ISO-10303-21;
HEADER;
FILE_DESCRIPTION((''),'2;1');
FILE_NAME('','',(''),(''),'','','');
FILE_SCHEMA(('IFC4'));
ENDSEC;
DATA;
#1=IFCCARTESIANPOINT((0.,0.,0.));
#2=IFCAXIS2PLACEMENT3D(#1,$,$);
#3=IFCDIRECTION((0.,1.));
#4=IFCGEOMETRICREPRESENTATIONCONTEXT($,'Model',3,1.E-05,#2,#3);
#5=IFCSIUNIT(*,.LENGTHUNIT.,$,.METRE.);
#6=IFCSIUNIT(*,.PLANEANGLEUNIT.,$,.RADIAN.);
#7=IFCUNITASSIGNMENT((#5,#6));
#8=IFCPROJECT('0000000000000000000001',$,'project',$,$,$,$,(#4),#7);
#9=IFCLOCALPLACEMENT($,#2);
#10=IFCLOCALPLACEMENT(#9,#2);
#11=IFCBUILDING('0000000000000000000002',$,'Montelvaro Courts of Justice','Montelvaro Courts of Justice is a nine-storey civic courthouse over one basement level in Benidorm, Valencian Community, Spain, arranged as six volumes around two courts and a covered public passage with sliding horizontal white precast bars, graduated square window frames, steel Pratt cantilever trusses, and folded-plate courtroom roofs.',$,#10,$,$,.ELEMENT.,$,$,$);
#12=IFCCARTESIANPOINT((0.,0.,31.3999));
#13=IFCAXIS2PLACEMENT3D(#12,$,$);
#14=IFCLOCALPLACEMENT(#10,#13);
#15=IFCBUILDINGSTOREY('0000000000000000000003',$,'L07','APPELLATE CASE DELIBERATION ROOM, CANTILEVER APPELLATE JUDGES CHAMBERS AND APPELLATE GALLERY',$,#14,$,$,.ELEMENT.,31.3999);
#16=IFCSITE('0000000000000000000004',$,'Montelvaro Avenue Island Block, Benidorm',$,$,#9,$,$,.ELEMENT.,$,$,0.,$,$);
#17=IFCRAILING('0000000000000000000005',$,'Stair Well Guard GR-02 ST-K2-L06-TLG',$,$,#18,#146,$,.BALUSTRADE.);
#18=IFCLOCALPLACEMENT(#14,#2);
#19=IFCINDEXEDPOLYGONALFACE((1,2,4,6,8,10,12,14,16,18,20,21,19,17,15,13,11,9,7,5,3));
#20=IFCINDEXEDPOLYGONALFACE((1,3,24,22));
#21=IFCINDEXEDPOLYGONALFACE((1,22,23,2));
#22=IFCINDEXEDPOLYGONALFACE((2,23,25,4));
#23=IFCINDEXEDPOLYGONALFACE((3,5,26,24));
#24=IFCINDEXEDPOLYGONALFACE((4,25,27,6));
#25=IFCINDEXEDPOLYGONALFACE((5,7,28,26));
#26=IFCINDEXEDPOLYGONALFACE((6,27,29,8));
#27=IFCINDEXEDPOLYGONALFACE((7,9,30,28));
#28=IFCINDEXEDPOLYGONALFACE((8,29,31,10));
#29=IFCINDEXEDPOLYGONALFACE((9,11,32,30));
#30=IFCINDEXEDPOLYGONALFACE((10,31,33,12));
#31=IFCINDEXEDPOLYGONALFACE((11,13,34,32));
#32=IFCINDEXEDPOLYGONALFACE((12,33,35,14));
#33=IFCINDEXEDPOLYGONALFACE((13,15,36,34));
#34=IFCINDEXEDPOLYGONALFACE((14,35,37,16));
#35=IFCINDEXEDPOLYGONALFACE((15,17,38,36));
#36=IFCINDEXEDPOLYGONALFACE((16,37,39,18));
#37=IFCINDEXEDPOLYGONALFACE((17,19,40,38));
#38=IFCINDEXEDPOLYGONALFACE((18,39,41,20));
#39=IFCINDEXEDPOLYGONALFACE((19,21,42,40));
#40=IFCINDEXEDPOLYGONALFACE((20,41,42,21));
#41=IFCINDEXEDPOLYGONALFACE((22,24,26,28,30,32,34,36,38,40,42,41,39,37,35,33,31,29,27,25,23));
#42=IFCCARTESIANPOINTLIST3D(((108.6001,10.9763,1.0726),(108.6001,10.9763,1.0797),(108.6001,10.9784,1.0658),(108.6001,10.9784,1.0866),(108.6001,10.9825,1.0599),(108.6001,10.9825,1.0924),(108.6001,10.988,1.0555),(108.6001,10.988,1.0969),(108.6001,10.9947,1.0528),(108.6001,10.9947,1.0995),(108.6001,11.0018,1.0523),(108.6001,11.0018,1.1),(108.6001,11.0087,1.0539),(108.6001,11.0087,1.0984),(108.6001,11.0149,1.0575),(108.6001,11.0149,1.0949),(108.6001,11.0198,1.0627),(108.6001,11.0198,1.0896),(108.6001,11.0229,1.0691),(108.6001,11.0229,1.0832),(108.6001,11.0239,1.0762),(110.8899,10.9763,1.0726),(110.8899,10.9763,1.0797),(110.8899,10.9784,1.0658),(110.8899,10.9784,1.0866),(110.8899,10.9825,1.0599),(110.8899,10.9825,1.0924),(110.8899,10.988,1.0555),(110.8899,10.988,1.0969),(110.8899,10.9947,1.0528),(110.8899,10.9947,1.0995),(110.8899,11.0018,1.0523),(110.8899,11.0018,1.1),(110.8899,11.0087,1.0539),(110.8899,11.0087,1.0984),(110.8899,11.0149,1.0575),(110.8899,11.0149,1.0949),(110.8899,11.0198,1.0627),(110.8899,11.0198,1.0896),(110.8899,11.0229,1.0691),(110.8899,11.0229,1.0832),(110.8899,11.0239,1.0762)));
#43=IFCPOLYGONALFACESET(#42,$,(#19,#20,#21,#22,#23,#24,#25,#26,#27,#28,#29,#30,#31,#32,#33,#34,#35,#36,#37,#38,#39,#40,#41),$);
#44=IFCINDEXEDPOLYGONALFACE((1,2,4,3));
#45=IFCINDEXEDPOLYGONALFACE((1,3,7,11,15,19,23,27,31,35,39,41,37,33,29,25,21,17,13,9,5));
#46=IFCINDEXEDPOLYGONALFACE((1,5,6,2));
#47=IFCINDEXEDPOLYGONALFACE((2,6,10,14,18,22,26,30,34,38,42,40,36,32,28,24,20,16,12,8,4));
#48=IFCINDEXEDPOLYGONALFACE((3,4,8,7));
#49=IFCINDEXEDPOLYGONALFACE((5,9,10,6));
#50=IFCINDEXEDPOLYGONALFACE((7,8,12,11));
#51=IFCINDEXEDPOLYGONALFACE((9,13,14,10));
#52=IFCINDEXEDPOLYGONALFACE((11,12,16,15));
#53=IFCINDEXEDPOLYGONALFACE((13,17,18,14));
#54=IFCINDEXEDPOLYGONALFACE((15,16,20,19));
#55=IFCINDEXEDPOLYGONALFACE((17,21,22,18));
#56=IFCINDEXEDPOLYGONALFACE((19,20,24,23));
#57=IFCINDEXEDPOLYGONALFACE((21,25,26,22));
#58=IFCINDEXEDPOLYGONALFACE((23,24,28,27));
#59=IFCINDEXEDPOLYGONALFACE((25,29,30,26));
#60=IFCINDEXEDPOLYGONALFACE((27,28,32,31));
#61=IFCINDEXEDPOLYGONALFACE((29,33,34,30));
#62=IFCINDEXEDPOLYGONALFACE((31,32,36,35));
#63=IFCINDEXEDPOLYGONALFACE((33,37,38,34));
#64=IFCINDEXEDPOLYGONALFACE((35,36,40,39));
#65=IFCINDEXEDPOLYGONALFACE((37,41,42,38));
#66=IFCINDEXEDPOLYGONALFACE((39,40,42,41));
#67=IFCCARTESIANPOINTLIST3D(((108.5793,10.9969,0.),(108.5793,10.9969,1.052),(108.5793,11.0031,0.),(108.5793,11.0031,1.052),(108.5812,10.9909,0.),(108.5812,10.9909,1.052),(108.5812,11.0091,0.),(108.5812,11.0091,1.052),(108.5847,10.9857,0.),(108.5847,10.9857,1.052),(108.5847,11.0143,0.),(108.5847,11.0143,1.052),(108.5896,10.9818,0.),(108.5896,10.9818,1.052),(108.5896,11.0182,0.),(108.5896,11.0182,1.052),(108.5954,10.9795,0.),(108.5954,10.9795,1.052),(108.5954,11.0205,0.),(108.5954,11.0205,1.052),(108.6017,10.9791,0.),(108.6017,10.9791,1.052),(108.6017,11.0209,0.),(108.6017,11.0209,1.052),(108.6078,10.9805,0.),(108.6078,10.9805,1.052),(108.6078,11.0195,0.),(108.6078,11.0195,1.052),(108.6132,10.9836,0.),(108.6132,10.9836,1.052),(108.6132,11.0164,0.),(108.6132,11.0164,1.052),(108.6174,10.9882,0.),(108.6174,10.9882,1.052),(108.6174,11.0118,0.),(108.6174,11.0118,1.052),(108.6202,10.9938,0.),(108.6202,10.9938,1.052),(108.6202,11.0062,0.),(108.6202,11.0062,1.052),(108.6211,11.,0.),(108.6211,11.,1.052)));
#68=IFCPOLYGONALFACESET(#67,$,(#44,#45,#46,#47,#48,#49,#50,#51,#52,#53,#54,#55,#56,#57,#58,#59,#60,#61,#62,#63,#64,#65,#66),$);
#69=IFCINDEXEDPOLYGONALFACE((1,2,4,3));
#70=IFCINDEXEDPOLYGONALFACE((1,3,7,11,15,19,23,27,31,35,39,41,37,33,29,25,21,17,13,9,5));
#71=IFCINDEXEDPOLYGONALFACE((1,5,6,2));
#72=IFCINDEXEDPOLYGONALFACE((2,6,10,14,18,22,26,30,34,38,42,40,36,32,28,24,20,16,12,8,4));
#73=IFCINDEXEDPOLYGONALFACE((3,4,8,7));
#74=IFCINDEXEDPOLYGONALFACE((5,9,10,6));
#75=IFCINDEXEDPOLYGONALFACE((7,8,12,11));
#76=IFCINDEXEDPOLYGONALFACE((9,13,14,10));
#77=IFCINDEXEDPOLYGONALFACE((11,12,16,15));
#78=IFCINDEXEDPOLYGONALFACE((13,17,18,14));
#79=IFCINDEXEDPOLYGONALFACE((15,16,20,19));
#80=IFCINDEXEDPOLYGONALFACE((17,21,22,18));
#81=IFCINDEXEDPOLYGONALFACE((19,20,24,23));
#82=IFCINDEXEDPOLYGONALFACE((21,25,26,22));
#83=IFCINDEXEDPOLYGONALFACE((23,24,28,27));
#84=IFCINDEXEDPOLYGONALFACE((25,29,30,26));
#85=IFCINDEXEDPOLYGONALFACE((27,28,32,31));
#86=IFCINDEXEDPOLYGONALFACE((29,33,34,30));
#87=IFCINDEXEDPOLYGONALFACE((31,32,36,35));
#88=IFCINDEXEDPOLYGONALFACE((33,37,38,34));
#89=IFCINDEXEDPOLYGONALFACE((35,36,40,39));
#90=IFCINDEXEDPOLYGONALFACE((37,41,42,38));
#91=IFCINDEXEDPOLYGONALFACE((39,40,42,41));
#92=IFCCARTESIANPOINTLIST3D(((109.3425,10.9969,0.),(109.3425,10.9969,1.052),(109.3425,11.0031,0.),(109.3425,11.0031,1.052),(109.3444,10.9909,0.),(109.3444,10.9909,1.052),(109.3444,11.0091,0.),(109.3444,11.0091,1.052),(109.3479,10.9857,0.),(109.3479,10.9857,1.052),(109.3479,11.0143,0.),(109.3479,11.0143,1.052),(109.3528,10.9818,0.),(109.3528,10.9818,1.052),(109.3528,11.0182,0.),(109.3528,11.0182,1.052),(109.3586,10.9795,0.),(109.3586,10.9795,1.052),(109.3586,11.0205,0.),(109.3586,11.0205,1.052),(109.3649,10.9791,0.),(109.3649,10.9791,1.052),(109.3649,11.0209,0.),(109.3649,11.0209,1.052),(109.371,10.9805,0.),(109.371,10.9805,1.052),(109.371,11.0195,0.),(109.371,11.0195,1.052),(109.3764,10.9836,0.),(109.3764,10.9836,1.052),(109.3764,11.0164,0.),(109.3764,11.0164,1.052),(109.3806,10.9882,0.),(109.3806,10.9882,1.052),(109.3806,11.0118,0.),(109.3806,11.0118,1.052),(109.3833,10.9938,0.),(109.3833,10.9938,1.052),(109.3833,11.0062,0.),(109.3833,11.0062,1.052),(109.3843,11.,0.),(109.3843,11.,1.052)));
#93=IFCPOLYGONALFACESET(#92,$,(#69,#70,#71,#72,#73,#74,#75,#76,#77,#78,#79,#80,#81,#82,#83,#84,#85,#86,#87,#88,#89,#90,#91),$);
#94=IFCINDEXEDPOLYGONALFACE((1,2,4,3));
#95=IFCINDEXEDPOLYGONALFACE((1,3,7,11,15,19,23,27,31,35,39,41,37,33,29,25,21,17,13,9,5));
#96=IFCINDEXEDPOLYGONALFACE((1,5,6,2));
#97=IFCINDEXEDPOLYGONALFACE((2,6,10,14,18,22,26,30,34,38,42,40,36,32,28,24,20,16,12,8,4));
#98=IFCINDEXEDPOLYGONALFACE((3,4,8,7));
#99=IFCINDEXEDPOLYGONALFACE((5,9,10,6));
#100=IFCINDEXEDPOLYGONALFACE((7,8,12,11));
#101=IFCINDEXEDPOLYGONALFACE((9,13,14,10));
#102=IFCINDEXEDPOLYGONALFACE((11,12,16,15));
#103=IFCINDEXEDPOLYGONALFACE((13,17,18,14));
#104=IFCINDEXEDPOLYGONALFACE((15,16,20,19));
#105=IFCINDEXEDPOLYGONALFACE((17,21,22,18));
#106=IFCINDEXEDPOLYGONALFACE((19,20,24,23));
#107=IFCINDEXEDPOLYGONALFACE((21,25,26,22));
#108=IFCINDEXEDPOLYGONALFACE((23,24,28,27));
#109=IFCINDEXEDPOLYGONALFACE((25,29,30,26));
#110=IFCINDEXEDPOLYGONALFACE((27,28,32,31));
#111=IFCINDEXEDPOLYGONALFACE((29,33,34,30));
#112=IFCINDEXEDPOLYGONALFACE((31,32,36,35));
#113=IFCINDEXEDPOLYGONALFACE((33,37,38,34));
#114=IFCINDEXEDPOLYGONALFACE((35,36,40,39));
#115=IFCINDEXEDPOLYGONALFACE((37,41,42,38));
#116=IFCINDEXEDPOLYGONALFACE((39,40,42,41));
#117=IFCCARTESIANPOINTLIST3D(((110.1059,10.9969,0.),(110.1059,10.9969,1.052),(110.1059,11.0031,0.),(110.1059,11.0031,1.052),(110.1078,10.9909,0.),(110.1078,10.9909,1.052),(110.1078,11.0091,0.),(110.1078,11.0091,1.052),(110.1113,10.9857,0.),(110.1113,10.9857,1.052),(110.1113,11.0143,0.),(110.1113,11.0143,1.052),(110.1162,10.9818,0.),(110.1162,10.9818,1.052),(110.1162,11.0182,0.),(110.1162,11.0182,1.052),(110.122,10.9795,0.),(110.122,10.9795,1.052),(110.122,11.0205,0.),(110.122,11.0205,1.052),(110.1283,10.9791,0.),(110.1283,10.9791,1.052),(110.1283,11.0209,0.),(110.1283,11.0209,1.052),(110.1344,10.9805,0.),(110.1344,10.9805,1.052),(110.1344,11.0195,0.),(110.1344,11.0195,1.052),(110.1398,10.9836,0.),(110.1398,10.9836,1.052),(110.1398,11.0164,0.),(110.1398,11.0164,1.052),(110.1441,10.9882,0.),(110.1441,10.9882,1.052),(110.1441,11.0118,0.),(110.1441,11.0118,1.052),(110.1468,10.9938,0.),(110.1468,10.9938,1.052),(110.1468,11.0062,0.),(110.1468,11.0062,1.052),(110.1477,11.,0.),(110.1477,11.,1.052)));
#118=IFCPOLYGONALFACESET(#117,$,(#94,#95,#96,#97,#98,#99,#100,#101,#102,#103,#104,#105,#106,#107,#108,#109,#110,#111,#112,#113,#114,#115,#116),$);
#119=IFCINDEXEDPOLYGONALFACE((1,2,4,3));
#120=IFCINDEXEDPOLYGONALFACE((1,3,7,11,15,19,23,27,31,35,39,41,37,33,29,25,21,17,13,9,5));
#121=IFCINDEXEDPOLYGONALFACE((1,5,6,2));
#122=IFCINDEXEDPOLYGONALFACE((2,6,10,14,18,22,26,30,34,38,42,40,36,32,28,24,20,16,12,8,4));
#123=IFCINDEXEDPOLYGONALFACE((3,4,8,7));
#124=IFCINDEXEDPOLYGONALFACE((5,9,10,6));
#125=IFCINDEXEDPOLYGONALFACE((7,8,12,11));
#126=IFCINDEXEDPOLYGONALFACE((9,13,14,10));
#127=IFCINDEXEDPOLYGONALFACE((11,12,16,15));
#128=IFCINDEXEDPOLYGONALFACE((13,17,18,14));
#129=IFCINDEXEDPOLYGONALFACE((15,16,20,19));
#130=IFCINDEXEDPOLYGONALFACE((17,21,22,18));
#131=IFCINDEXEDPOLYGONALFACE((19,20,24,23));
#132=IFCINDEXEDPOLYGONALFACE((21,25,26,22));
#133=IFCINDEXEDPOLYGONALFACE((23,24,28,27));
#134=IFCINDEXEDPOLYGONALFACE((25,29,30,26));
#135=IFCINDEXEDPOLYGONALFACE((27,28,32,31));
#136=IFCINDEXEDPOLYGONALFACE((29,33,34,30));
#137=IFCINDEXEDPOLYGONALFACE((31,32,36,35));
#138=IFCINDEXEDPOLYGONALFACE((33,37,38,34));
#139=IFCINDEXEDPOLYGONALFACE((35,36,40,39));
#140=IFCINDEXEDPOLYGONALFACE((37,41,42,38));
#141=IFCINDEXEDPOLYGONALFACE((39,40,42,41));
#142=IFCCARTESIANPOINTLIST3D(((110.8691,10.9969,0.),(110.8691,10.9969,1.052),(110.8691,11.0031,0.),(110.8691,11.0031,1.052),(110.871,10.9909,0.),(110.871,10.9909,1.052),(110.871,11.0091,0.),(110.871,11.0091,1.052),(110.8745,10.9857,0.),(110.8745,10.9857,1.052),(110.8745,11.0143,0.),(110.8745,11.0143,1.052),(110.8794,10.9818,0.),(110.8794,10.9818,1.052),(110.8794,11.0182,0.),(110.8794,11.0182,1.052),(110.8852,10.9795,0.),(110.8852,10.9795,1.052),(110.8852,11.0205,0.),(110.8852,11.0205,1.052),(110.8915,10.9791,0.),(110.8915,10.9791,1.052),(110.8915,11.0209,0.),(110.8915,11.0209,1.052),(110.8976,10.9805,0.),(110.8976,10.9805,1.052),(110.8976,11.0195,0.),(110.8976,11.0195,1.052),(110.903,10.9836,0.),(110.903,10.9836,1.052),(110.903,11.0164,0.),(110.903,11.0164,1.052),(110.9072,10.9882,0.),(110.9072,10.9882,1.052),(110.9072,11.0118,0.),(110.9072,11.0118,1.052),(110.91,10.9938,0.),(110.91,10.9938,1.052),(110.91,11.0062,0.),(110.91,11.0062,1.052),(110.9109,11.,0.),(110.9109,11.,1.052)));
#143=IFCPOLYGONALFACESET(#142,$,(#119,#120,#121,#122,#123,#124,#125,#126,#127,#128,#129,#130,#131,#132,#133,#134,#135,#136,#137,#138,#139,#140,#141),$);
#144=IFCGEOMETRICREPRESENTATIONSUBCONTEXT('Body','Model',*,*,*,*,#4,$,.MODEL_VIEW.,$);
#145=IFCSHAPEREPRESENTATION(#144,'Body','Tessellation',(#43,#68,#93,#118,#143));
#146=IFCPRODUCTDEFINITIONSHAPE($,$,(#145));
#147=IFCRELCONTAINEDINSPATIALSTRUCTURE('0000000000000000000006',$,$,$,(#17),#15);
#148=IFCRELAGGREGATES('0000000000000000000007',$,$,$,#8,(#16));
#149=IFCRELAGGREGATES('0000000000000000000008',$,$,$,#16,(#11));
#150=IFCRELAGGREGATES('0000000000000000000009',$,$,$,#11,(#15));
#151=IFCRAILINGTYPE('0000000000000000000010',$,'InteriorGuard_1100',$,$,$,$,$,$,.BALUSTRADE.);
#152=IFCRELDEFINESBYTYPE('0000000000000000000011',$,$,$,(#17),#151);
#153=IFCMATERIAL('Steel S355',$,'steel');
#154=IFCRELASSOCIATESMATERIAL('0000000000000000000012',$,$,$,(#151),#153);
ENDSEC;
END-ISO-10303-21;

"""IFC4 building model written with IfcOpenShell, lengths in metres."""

from ifc_helpers import new_model, si_unit, direction, frame, origin, origin_2d, place, context, subcontext, project, spatial, circle, extrude, material, type_object, element, save


model = new_model("IFC4")

# Units and contexts
model_context = context("Model", 3, precision=1e-05, world=origin(), true_north=direction((0.0, 1.0)))
body_context = subcontext(model_context, "Body", "Model", "MODEL_VIEW")
ifc_project = project(units=[si_unit("LENGTHUNIT", "METRE"), si_unit("PLANEANGLEUNIT", "RADIAN")], contexts=[model_context])

# Site, building, storey
site_placement = place(None, origin())
site = spatial("IfcSite", under=ifc_project, at=site_placement, Name="Montelvaro Avenue Island Block, Benidorm", CompositionType="ELEMENT", RefElevation=0.0)
building_placement = place(site_placement, origin())
building = spatial("IfcBuilding", under=site, at=building_placement, Name="Montelvaro Courts of Justice", Description="Montelvaro Courts of Justice is a nine-storey civic courthouse over one basement level in Benidorm, Valencian Community, Spain, arranged as six volumes around two courts and a covered public passage with sliding horizontal white precast bars, graduated square window frames, steel Pratt cantilever trusses, and folded-plate courtroom roofs.", CompositionType="ELEMENT")
storey_placement = place(building_placement, frame((0.0, 0.0, 31.3999)))
storey = spatial("IfcBuildingStorey", under=building, at=storey_placement, Name="L07", Description="APPELLATE CASE DELIBERATION ROOM, CANTILEVER APPELLATE JUDGES CHAMBERS AND APPELLATE GALLERY", CompositionType="ELEMENT", Elevation=31.3999)

# Shared definitions
ifc_material_1 = material(Name="Steel S355", Category="steel")

# Railing
railing_type_1 = type_object("IfcRailingType", Name="InteriorGuard_1100", PredefinedType="BALUSTRADE", material=ifc_material_1)
railing_1_placement = place(storey_placement, frame((108.6001, 11.0, 0.0)))
element("IfcRailing", 1, at=railing_1_placement, inside=storey, type_object=railing_type_1, Name="Stair Well Guard GR-02 ST-K2-L06-TLG", PredefinedType="BALUSTRADE", context=body_context, shape_type="SweptSolid", body=[
    extrude(circle(Radius=0.0239, at=origin_2d()), frame((0.0, 0.0, 1.0762), z_axis=(1.0, 0.0, 0.0), x_axis=(0.0, 1.0, 0.0)), (0.0, 0.0, 1.0), 2.2898),
    extrude(circle(Radius=0.021, at=origin_2d()), origin(), (0.0, 0.0, 1.0), 1.052),
    extrude(circle(Radius=0.021, at=origin_2d()), frame((0.7632, 0.0, 0.0)), (0.0, 0.0, 1.0), 1.052),
    extrude(circle(Radius=0.021, at=origin_2d()), frame((1.5266, 0.0, 0.0)), (0.0, 0.0, 1.0), 1.052),
    extrude(circle(Radius=0.021, at=origin_2d()), frame((2.2898, 0.0, 0.0)), (0.0, 0.0, 1.0), 1.052),
])

save(model, "model.ifc")
